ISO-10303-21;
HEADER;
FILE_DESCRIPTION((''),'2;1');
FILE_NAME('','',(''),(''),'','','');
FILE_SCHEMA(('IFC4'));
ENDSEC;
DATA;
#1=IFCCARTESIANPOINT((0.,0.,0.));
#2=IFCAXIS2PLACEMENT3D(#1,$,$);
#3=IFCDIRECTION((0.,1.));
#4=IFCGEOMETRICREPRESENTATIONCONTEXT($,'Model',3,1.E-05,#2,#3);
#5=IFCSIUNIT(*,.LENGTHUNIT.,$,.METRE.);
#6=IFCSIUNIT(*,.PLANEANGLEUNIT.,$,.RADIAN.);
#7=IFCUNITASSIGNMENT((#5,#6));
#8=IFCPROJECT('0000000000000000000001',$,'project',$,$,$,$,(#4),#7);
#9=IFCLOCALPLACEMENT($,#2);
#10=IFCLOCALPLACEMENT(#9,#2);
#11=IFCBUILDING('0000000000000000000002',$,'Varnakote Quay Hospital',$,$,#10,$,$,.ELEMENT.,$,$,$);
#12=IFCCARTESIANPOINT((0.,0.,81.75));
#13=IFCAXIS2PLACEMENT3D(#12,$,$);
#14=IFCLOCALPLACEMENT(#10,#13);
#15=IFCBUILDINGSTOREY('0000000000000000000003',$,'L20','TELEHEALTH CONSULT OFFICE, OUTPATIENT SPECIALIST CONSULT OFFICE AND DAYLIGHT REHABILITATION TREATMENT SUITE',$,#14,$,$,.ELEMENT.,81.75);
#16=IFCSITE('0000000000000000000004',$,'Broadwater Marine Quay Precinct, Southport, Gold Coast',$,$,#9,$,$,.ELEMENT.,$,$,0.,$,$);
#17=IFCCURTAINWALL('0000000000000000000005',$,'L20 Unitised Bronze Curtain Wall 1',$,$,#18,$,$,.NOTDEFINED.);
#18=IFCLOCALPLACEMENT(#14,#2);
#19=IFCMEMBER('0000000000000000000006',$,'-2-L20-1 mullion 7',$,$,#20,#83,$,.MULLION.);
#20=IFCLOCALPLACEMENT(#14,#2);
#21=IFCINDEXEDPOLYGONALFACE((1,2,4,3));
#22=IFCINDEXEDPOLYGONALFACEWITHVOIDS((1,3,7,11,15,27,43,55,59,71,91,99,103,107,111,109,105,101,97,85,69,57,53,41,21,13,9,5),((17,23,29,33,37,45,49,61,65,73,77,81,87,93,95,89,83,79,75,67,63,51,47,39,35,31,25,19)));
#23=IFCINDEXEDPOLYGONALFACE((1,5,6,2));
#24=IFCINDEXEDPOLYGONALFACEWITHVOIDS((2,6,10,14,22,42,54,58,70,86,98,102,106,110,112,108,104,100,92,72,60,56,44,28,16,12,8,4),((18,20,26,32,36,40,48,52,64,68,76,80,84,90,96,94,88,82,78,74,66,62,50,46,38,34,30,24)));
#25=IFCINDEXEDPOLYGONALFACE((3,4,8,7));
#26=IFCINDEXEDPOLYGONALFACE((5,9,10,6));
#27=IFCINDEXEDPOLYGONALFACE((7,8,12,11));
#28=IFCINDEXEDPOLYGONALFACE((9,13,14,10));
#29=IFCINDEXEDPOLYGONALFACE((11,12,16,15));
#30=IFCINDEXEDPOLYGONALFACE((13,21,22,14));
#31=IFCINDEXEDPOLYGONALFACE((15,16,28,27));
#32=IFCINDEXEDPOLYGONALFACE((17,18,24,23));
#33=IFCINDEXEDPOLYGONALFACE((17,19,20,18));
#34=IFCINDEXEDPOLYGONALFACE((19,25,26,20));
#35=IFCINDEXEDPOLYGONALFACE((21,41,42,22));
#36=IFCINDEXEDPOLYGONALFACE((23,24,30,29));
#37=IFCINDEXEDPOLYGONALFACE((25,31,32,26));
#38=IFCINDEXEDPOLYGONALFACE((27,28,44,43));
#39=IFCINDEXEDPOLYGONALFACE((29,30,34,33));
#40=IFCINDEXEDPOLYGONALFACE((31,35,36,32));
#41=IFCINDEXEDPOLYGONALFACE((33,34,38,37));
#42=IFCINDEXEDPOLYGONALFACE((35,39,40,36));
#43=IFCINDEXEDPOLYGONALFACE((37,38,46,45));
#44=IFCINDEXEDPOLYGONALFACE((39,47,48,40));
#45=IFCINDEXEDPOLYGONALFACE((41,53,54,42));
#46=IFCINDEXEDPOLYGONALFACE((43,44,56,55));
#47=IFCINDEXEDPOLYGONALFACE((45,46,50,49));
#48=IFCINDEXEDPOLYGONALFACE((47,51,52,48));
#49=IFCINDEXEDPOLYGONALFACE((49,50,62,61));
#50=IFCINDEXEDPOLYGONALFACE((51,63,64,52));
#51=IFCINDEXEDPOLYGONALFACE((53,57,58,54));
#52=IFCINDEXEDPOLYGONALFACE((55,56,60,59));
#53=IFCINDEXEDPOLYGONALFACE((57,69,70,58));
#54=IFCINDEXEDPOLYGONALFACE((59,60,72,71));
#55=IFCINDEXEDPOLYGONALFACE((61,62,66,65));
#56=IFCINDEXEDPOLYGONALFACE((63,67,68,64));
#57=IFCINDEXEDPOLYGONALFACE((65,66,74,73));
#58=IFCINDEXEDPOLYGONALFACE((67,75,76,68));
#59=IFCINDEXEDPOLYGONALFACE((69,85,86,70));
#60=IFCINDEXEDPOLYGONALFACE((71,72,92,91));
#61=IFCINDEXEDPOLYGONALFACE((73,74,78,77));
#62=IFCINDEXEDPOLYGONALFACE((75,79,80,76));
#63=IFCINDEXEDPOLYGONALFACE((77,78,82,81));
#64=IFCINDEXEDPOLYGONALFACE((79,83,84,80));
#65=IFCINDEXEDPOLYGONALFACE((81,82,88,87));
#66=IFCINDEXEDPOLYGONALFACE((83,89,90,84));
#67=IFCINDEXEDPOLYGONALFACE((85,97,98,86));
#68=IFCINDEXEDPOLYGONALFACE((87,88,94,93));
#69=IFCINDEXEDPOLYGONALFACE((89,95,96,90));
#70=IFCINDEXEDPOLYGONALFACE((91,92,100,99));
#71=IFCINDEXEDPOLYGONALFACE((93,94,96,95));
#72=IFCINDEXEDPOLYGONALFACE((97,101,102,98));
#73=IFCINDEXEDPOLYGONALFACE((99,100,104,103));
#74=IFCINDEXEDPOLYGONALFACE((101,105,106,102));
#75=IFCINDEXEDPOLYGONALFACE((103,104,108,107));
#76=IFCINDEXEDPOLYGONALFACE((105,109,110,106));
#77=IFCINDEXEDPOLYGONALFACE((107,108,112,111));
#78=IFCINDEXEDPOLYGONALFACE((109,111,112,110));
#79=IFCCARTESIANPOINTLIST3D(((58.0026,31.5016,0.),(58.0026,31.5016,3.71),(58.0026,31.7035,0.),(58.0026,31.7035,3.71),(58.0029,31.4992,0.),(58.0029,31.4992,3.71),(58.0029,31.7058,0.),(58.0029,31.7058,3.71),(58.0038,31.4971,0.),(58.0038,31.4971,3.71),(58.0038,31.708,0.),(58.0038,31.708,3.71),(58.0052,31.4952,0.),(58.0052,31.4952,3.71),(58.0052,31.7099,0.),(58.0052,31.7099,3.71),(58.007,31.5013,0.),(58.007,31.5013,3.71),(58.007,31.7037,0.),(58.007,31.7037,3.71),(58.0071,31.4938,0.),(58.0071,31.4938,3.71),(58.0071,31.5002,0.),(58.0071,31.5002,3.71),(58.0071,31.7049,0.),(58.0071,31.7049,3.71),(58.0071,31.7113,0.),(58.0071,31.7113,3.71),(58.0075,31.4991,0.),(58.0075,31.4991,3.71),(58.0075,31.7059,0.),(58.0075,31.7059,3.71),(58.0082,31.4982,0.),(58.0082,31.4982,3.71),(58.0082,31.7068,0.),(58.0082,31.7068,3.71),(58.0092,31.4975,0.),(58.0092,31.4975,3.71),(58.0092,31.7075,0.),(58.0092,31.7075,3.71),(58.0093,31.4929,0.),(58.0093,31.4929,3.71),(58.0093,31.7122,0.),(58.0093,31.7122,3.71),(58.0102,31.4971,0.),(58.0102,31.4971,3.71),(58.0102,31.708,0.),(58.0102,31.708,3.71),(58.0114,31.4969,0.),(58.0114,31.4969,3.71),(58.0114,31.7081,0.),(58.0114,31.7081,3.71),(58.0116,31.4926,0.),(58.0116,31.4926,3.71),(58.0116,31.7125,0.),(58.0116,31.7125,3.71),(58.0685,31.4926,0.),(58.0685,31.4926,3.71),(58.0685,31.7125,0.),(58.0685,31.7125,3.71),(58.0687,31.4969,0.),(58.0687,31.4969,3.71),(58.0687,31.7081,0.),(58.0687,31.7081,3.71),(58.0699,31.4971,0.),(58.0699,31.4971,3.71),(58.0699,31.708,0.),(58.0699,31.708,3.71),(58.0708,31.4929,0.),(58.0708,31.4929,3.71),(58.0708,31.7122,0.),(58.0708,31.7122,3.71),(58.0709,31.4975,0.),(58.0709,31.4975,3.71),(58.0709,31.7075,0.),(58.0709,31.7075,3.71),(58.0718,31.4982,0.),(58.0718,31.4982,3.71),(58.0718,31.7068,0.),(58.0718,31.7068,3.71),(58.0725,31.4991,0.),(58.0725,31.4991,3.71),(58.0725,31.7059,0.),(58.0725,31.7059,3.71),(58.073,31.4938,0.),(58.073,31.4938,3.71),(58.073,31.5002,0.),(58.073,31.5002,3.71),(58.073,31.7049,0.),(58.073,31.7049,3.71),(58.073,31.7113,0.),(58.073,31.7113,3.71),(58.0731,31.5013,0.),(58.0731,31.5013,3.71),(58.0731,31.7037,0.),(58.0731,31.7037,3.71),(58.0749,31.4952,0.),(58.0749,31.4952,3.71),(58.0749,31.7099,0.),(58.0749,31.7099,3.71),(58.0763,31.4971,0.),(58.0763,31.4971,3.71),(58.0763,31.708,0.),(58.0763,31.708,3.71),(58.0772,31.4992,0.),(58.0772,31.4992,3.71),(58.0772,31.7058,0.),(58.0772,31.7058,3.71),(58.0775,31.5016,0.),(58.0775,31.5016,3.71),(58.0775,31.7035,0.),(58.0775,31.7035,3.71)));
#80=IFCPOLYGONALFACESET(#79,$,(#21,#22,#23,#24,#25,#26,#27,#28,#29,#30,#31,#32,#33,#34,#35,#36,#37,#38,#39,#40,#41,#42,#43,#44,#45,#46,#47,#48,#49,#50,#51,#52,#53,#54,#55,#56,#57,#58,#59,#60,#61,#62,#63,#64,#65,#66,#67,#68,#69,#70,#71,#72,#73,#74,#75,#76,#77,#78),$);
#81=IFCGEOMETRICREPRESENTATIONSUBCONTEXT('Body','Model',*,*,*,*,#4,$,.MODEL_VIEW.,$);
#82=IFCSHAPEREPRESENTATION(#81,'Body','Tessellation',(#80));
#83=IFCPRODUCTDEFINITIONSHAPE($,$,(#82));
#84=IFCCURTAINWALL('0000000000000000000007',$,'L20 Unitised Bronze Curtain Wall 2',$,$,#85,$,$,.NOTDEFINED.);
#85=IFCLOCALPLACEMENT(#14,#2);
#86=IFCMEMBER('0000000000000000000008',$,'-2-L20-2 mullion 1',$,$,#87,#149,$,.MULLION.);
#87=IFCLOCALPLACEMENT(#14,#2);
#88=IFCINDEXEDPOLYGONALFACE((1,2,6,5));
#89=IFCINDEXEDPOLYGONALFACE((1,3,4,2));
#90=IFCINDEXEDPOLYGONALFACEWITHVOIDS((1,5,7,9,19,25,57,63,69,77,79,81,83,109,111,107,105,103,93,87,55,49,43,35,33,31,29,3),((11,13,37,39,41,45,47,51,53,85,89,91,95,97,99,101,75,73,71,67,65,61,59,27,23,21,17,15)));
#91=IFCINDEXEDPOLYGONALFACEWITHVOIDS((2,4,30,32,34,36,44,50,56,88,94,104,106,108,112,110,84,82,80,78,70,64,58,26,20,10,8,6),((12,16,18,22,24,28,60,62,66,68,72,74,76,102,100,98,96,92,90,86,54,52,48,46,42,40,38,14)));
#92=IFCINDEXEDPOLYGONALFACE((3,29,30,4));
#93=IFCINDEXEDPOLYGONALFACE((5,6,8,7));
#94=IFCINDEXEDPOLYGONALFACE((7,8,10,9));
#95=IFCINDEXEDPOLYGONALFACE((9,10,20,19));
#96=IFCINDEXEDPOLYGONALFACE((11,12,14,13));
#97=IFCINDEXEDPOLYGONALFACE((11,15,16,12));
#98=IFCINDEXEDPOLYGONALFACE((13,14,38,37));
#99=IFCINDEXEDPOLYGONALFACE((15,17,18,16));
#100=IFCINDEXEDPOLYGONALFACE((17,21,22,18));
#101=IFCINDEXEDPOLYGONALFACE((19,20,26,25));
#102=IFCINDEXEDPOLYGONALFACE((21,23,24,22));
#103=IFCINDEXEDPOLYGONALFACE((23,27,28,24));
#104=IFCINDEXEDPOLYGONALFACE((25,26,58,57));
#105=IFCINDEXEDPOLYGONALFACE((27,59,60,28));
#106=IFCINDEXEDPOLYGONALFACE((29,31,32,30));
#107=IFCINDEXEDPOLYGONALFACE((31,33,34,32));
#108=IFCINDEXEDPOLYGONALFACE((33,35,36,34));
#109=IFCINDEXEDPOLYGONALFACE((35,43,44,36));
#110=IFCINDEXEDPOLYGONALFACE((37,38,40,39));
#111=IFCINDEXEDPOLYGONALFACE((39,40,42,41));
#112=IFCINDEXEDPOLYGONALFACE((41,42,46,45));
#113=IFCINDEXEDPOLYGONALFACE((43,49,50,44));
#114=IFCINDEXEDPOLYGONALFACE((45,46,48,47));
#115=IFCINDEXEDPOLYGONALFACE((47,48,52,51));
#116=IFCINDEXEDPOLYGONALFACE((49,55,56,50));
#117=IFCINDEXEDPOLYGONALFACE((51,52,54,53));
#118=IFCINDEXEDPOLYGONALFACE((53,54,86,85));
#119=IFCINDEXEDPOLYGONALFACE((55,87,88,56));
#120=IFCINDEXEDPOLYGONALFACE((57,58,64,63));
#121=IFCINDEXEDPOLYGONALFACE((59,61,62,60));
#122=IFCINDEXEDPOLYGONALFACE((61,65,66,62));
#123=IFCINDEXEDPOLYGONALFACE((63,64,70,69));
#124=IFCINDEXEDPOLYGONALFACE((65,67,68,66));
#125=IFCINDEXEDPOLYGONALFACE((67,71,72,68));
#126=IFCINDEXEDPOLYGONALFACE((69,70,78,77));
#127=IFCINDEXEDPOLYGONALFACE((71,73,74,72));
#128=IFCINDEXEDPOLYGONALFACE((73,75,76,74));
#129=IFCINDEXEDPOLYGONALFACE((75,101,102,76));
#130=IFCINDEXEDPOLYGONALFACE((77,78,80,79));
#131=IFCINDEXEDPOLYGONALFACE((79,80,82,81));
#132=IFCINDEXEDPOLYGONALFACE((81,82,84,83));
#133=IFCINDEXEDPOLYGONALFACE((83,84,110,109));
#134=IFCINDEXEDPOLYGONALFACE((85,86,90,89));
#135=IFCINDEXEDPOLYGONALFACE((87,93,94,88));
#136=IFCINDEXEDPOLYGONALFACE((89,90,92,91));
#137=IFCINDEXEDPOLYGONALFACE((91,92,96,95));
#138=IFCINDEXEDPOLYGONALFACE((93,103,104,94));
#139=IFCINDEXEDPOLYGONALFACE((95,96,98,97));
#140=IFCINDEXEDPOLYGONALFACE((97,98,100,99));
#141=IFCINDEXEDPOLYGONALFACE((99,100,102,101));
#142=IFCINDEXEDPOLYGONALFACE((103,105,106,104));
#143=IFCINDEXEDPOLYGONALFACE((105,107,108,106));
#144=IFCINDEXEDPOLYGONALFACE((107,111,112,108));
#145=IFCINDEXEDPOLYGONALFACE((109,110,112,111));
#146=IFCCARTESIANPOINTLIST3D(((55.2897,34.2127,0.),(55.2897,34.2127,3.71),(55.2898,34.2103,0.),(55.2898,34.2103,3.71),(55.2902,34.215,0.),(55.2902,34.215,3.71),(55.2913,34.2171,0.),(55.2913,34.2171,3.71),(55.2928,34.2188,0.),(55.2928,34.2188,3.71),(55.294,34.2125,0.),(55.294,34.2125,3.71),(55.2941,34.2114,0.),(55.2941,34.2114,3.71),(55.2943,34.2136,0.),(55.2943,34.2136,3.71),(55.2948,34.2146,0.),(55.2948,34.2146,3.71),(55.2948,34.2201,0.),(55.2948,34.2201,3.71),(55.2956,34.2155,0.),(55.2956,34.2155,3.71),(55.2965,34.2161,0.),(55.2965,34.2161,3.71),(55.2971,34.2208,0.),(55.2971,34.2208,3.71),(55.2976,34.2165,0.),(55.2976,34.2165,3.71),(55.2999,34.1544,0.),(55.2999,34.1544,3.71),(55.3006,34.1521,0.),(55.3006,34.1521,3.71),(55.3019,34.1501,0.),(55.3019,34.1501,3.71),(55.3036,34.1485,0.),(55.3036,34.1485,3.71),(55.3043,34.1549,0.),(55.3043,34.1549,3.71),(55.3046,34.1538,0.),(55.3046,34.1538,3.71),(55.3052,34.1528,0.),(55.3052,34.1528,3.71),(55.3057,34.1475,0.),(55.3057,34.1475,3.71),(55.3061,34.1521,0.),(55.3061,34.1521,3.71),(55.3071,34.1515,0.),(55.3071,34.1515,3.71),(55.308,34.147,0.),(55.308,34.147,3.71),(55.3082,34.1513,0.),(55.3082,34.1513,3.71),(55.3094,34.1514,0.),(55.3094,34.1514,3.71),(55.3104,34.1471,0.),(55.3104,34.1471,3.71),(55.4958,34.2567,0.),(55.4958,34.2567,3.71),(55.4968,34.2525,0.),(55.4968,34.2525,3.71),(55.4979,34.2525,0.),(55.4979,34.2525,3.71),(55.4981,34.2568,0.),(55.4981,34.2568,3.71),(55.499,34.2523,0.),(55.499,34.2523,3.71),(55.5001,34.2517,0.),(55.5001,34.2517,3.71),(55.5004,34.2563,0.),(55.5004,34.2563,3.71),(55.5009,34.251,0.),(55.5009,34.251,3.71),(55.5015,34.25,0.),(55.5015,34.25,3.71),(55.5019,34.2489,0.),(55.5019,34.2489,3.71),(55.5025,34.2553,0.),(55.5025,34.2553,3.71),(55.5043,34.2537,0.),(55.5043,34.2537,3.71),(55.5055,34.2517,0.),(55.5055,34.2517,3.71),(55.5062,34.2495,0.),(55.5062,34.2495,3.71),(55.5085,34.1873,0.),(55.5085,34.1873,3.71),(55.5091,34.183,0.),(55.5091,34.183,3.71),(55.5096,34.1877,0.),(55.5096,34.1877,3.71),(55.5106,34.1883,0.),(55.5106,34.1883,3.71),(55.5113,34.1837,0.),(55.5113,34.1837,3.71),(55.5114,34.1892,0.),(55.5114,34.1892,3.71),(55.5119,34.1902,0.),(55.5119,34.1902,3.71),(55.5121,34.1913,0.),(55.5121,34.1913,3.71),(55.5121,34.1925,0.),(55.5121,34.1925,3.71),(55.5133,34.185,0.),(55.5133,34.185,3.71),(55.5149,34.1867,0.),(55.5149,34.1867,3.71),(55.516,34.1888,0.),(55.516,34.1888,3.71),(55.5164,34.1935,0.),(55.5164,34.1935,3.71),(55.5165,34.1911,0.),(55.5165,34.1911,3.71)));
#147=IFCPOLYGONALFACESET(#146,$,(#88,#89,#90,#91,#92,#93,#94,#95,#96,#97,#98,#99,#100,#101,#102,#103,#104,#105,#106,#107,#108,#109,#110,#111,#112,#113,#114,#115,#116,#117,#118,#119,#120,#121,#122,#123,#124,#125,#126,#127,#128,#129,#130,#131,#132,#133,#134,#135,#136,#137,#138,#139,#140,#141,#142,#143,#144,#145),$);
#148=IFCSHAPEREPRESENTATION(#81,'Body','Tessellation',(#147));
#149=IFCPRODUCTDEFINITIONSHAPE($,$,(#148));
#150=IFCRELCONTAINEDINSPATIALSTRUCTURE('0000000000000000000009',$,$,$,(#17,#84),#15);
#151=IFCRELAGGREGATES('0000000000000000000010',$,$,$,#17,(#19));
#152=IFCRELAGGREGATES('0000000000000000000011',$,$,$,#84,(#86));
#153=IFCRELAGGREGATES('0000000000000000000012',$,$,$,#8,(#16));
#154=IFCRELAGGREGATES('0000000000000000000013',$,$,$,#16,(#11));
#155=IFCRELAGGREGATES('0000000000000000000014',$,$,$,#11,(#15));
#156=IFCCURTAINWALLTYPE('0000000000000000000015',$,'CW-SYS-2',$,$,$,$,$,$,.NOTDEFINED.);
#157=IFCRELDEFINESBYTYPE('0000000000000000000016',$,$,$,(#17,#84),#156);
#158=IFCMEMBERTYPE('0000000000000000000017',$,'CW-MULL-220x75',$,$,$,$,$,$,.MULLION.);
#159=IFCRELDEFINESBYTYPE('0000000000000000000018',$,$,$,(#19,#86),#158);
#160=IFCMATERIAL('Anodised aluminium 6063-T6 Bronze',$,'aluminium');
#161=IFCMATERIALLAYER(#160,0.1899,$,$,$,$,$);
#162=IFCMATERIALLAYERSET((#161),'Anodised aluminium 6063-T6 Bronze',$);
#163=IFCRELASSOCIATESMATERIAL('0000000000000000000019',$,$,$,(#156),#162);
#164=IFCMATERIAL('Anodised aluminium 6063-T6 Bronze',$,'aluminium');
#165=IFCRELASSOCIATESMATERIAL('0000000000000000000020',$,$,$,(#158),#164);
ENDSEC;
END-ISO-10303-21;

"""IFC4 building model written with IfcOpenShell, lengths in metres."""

from ifc_helpers import new_model, si_unit, direction, frame, origin, origin_2d, place, context, subcontext, project, spatial, hollow_rectangle, extrude, material, layer, layer_set, material_profile, profile_set, type_object, element, aggregate, save


model = new_model("IFC4")

# Units and contexts
model_context = context("Model", 3, precision=1e-05, world=origin(), true_north=direction((0.0, 1.0)))
body_context = subcontext(model_context, "Body", "Model", "MODEL_VIEW")
ifc_project = project(units=[si_unit("LENGTHUNIT", "METRE"), si_unit("PLANEANGLEUNIT", "RADIAN")], contexts=[model_context])

# Site, building, storey
site_placement = place(None, origin())
site = spatial("IfcSite", under=ifc_project, at=site_placement, Name="Broadwater Marine Quay Precinct, Southport, Gold Coast", CompositionType="ELEMENT", RefElevation=0.0)
building_placement = place(site_placement, origin())
building = spatial("IfcBuilding", under=site, at=building_placement, Name="Varnakote Quay Hospital", CompositionType="ELEMENT")
storey_placement = place(building_placement, frame((0.0, 0.0, 81.75)))
storey = spatial("IfcBuildingStorey", under=building, at=storey_placement, Name="L20", Description="TELEHEALTH CONSULT OFFICE, OUTPATIENT SPECIALIST CONSULT OFFICE AND DAYLIGHT REHABILITATION TREATMENT SUITE", CompositionType="ELEMENT", Elevation=81.75)

# Curtain wall, member
ifc_material_1 = material(Name="Anodised aluminium 6063-T6 Bronze", Category="aluminium")
ifc_layer_1 = layer(ifc_material_1, 0.1899)
ifc_layer_set_1 = layer_set([ifc_layer_1], Name="Anodised aluminium 6063-T6 Bronze")
curtain_wall_type = type_object("IfcCurtainWallType", Name="CW-SYS-2", PredefinedType="NOTDEFINED", material=ifc_layer_set_1)
curtain_wall_1_placement = place(storey_placement, origin())
curtain_wall_1 = element("IfcCurtainWall", 1, at=curtain_wall_1_placement, inside=storey, type_object=curtain_wall_type, Name="L20 Unitised Bronze Curtain Wall 1", PredefinedType="NOTDEFINED")
ifc_material_2 = material(Name="Anodised aluminium 6063-T6 Bronze", Category="aluminium")
ifc_material_profile_1 = material_profile(ifc_material_2, hollow_rectangle(XDim=0.075, YDim=0.22, WallThickness=0.0044, InnerFilletRadius=0.0044, OuterFilletRadius=0.009, at=origin_2d()), Name="CW-MULL-220x75")
ifc_profile_set_1 = profile_set([ifc_material_profile_1], Name="Anodised aluminium 6063-T6 Bronze")
member_type_1 = type_object("IfcMemberType", Name="CW-MULL-220x75", PredefinedType="MULLION", material=ifc_profile_set_1)
member_1_placement = place(storey_placement, frame((58.04, 31.6025, 0.0), z_axis=(0.0, 0.0, 1.0), x_axis=(-1.0, 0.0, 0.0)))
member_1 = element("IfcMember", 2, at=member_1_placement, type_object=member_type_1, Name="-2-L20-1 mullion 7", PredefinedType="MULLION", context=body_context, shape_type="SweptSolid", body=[
    extrude(hollow_rectangle(XDim=0.075, YDim=0.22, WallThickness=0.0044, InnerFilletRadius=0.0044, OuterFilletRadius=0.009, at=origin_2d()), origin(), (0.0, 0.0, 1.0), 3.71),
])

# Curtain wall, member
curtain_wall_2_placement = place(storey_placement, origin())
curtain_wall_2 = element("IfcCurtainWall", 3, at=curtain_wall_2_placement, inside=storey, type_object=curtain_wall_type, Name="L20 Unitised Bronze Curtain Wall 2", PredefinedType="NOTDEFINED")
member_2_placement = place(storey_placement, frame((55.4031, 34.2019, 0.0), z_axis=(0.0, 0.0, 1.0), x_axis=(0.177846, -0.984058, 0.0)))
member_2 = element("IfcMember", 4, at=member_2_placement, type_object=member_type_1, Name="-2-L20-2 mullion 1", PredefinedType="MULLION", context=body_context, shape_type="SweptSolid", body=[
    extrude(hollow_rectangle(XDim=0.075, YDim=0.22, WallThickness=0.0044, InnerFilletRadius=0.0044, OuterFilletRadius=0.009, at=origin_2d()), origin(), (0.0, 0.0, 1.0), 3.71),
])

aggregate(curtain_wall_1, [member_1])
aggregate(curtain_wall_2, [member_2])

save(model, "model.ifc")
